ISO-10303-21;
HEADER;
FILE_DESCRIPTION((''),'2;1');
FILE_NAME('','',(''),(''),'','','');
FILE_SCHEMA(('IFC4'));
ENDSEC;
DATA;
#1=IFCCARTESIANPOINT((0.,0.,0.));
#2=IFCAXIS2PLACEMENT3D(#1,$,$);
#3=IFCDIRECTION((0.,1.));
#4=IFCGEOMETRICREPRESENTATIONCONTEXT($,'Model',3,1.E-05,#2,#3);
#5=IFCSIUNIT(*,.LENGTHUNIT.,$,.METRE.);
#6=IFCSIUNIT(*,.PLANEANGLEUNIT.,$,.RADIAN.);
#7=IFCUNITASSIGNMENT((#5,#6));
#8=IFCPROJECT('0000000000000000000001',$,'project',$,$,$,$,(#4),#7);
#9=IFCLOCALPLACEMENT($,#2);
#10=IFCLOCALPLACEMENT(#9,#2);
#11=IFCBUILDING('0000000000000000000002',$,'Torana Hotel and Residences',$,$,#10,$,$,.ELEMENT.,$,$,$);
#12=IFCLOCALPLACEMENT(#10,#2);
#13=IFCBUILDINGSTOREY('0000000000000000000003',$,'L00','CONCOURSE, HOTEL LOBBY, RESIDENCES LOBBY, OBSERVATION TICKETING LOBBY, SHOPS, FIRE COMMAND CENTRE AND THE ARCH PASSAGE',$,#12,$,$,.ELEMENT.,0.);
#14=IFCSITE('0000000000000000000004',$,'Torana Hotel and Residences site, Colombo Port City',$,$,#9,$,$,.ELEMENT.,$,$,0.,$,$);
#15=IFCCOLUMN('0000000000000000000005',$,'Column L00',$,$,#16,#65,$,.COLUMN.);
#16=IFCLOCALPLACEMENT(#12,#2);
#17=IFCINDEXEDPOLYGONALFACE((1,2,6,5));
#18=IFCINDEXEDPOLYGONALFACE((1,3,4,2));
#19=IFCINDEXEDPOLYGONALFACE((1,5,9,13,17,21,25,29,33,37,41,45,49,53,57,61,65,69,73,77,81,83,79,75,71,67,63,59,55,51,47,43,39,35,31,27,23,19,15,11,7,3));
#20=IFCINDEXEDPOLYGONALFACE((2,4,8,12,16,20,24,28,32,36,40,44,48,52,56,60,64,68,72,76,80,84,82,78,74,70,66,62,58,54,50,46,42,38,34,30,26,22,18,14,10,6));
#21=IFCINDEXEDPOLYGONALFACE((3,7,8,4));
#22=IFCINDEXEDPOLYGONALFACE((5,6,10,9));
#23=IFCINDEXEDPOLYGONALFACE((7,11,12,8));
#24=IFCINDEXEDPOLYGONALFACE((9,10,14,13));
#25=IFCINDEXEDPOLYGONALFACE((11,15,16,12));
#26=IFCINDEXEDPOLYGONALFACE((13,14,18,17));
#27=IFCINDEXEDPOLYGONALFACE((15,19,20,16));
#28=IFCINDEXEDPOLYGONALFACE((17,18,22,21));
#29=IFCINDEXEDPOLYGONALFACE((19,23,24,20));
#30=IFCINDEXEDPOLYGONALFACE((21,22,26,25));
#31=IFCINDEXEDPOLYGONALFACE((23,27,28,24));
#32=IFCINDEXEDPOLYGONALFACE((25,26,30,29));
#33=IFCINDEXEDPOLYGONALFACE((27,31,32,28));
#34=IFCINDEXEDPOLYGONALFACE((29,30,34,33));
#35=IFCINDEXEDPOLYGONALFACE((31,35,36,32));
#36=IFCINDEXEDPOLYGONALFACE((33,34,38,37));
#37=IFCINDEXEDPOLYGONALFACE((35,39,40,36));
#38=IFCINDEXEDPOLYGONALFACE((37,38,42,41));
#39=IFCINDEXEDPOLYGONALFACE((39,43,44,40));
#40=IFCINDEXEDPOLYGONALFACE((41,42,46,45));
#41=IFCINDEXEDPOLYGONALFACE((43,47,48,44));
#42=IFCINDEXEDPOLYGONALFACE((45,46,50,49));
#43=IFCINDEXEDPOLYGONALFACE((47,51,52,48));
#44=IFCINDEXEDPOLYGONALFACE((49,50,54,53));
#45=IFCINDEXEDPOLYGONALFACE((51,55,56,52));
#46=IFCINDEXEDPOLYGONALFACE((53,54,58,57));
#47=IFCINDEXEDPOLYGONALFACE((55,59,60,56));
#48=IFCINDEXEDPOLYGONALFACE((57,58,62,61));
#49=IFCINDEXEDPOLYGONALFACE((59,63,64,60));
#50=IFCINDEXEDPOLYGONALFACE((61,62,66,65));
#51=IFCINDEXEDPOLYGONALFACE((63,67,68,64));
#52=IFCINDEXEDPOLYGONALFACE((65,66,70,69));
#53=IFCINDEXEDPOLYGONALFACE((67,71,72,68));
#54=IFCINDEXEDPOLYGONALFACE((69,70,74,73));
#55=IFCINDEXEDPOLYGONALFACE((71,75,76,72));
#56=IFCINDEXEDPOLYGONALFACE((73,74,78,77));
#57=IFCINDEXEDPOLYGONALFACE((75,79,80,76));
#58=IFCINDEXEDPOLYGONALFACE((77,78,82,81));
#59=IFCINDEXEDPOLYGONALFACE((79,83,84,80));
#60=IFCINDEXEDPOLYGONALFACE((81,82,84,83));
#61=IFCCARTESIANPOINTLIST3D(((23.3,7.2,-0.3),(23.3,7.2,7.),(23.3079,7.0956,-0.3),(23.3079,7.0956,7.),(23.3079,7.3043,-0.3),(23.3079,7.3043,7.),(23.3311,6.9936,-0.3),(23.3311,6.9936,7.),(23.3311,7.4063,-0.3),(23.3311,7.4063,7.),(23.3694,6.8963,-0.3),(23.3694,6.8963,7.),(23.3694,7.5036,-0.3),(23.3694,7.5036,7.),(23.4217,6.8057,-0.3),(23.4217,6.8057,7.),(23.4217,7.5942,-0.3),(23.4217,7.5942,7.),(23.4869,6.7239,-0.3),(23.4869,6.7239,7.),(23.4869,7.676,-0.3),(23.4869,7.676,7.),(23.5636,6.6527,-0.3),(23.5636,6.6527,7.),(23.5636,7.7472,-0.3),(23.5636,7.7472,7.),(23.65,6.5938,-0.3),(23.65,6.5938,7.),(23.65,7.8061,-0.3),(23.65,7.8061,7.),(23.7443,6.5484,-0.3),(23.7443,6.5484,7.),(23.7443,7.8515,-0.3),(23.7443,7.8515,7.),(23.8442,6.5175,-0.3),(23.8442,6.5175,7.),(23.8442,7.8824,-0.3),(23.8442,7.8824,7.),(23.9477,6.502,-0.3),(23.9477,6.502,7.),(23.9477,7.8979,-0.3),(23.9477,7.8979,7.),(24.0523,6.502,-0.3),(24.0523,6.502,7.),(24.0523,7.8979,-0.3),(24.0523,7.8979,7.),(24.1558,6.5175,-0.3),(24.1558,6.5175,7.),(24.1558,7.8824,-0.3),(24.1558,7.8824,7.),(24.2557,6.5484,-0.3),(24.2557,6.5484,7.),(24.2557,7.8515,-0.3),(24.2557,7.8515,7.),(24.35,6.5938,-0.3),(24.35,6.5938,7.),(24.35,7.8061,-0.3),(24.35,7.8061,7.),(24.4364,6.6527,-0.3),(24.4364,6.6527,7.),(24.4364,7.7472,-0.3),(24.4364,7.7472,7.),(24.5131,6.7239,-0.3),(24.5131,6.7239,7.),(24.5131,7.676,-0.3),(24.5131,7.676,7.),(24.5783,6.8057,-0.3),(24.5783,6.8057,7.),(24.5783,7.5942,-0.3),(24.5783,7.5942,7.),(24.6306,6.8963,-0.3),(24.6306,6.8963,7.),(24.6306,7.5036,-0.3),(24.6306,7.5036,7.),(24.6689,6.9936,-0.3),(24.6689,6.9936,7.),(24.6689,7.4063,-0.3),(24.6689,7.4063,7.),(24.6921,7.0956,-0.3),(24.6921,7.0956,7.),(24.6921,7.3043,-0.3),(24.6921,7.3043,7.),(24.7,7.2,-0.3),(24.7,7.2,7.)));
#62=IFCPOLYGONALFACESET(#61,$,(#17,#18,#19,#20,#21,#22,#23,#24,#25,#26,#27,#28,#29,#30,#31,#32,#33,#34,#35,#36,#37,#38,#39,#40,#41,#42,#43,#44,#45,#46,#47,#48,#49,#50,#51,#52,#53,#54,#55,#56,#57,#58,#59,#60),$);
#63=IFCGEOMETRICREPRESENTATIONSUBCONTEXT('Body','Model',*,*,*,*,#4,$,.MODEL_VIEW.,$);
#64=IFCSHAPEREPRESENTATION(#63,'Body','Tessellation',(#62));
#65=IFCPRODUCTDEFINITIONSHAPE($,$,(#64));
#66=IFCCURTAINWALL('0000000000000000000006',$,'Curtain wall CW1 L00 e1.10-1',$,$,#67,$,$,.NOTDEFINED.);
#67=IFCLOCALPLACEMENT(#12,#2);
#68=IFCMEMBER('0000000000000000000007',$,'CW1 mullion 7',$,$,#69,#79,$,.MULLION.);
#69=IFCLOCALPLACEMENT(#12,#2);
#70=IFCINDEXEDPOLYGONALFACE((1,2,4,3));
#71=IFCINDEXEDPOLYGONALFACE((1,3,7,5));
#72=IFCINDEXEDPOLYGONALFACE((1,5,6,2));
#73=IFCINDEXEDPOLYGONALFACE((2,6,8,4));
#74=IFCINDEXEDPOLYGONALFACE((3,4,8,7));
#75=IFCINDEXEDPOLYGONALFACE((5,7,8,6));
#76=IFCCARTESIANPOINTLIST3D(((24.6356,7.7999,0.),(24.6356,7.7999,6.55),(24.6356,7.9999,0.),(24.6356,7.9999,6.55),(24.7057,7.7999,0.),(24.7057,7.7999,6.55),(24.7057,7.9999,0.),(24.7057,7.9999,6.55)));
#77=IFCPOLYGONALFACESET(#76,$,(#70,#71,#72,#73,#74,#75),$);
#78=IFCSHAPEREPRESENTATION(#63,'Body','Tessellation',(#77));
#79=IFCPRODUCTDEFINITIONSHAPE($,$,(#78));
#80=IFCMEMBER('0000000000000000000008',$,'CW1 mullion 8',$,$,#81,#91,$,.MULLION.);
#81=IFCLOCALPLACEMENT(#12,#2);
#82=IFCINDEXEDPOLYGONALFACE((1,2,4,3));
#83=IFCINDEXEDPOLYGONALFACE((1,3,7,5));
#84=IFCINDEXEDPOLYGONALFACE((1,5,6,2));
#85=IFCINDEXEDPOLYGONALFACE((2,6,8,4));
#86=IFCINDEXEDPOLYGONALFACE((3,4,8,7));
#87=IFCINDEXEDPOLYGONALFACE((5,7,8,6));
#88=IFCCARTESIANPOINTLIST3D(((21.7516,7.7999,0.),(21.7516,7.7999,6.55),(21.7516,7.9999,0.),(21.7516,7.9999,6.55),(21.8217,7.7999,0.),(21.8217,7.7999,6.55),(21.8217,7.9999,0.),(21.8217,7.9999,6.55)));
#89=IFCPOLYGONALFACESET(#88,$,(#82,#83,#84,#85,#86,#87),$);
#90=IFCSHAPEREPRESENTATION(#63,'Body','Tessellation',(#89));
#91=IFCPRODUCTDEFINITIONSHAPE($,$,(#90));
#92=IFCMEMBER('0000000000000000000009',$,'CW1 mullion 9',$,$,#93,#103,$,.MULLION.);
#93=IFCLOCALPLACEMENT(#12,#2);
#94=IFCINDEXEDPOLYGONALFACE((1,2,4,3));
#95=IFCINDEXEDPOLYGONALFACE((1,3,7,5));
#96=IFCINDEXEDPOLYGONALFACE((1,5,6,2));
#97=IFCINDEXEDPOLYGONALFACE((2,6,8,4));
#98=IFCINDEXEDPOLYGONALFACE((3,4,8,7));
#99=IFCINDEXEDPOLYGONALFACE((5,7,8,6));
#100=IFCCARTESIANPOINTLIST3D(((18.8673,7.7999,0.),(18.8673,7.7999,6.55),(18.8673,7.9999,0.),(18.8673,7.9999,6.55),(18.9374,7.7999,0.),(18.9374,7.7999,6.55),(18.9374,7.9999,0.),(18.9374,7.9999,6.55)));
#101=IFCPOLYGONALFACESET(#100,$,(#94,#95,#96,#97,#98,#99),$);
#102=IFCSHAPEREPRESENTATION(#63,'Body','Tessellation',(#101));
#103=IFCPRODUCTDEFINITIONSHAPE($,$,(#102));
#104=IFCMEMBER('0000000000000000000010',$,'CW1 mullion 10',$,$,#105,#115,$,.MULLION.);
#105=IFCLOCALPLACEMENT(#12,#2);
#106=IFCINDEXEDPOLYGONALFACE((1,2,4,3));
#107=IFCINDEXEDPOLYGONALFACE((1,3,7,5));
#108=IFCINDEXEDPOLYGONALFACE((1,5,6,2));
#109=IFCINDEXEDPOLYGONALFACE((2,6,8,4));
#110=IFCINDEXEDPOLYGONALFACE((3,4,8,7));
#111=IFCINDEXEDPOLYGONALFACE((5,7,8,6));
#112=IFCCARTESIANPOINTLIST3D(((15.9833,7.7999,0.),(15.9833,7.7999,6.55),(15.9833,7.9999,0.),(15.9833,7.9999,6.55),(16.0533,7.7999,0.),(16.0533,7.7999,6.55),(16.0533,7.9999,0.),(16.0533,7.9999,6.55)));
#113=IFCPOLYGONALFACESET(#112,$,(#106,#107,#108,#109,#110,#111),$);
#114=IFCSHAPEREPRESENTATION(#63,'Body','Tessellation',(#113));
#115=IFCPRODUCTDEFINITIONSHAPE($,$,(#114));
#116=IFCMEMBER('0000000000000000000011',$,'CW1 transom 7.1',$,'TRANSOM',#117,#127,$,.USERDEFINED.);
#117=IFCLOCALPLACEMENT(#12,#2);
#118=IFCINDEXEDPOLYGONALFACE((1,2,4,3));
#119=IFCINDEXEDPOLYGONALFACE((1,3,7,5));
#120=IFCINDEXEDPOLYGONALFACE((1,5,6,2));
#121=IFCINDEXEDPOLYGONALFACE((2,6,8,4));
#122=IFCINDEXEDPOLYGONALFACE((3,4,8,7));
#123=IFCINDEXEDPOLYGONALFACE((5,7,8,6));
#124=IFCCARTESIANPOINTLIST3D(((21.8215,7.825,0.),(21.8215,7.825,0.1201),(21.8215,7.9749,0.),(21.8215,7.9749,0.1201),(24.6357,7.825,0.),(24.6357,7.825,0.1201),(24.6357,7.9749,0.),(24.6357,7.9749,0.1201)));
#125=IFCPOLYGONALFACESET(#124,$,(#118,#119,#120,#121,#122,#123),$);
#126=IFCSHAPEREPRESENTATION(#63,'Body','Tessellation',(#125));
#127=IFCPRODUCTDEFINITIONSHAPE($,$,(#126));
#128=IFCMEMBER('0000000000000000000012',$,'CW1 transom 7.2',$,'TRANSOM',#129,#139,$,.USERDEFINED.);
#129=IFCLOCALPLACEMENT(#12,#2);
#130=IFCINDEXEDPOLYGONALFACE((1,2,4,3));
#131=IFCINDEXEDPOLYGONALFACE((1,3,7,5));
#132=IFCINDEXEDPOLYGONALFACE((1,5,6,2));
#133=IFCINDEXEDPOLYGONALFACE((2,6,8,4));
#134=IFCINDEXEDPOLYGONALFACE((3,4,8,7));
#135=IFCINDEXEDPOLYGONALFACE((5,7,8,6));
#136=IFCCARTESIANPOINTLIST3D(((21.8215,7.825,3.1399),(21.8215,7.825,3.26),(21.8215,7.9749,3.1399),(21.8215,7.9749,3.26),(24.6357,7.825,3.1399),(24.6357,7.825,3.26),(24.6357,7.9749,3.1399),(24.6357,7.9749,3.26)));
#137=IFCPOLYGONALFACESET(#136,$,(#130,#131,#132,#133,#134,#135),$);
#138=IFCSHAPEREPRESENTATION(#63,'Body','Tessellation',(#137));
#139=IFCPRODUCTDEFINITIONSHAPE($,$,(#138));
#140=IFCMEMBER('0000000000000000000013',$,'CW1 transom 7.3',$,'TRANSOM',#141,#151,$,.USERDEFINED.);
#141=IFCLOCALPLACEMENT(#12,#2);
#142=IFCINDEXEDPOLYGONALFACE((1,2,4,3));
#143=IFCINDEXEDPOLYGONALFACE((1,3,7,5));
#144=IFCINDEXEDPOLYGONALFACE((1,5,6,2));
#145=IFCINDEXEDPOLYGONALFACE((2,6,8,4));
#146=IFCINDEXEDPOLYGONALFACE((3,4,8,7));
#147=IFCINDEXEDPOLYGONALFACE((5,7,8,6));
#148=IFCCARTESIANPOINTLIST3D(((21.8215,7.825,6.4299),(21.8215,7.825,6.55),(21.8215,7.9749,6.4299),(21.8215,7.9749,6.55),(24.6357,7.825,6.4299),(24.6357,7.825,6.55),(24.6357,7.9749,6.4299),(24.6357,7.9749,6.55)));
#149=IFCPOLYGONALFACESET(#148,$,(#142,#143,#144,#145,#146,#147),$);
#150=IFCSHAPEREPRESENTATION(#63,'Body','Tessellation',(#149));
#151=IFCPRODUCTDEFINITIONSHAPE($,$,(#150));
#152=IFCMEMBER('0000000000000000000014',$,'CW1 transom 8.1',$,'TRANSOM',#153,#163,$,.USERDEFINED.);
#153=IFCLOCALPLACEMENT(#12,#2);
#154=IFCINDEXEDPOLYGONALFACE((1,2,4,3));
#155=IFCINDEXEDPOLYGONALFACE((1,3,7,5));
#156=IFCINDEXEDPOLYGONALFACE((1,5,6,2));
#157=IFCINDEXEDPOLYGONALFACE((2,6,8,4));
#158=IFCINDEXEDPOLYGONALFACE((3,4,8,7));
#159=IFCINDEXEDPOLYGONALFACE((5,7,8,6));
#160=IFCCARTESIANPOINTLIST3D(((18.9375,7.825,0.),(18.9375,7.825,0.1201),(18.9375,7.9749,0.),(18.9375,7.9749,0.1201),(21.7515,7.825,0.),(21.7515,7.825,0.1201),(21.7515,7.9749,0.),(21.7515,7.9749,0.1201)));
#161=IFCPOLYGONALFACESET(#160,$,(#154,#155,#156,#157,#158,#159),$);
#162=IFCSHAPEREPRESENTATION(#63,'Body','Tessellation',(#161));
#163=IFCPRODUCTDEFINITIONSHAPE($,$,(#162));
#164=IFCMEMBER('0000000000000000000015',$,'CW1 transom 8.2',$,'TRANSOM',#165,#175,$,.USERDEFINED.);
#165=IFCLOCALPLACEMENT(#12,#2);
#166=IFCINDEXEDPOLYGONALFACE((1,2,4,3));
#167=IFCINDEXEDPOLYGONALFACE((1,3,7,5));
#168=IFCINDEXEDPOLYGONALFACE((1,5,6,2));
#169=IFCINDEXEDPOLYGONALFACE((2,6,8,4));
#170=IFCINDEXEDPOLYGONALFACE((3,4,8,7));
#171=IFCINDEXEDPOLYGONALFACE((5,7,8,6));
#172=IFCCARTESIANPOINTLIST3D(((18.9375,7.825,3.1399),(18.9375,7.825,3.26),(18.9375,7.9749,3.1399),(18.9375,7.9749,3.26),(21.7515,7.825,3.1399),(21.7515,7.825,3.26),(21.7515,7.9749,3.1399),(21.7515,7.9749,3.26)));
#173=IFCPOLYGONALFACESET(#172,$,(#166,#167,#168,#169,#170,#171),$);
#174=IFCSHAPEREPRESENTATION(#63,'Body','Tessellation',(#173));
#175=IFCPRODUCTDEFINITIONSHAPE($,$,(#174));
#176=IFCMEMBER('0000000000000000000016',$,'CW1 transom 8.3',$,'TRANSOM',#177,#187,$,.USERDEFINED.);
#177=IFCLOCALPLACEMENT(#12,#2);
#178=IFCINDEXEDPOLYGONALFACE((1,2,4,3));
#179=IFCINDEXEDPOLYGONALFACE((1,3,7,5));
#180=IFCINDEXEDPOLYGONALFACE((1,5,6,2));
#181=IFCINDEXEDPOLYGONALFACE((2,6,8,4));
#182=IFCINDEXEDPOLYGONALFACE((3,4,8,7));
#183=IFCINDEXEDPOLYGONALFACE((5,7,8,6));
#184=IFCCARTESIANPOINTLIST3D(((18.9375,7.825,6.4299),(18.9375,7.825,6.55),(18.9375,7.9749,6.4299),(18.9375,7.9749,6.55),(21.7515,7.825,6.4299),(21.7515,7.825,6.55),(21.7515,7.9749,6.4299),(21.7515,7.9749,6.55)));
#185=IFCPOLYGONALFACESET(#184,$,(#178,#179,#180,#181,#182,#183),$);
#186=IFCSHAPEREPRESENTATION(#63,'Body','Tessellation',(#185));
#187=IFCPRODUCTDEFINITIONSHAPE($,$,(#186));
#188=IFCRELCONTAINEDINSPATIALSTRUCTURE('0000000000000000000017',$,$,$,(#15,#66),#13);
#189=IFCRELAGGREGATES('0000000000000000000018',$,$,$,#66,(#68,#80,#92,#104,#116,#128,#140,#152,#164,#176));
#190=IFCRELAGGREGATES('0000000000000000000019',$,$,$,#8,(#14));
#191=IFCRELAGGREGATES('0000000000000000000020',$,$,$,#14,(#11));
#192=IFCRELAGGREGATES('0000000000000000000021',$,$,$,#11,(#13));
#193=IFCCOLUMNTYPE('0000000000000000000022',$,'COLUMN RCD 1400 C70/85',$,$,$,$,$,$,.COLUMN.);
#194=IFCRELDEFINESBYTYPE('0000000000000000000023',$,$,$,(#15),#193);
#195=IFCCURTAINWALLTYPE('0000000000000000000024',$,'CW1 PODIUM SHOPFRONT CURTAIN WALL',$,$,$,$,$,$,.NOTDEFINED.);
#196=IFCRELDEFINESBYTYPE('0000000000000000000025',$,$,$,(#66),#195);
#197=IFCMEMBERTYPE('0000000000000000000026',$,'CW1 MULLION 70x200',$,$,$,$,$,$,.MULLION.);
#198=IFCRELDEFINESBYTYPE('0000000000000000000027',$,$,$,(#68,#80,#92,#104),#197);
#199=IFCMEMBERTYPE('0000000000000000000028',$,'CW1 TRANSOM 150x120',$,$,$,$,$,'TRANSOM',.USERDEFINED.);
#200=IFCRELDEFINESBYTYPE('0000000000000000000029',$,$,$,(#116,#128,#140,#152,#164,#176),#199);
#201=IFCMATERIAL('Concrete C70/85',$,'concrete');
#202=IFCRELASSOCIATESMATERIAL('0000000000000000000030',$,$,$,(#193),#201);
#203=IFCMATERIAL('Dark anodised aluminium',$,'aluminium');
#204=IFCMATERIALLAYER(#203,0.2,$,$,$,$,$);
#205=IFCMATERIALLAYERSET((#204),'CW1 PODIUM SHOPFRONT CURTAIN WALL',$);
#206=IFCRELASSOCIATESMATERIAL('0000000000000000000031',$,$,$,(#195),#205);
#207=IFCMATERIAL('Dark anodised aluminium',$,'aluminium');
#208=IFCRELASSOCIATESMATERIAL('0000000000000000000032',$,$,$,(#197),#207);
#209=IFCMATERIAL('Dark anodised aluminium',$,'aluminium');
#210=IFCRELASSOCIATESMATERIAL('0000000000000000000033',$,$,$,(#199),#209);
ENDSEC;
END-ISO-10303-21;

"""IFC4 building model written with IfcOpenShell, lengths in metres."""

from ifc_helpers import new_model, si_unit, direction, frame, origin, origin_2d, place, context, subcontext, project, spatial, rectangle, circle, extrude, material, layer, layer_set, material_profile, profile_set, type_object, element, aggregate, save


model = new_model("IFC4")

# Units and contexts
model_context = context("Model", 3, precision=1e-05, world=origin(), true_north=direction((0.0, 1.0)))
body_context = subcontext(model_context, "Body", "Model", "MODEL_VIEW")
ifc_project = project(units=[si_unit("LENGTHUNIT", "METRE"), si_unit("PLANEANGLEUNIT", "RADIAN")], contexts=[model_context])

# Site, building, storey
site_placement = place(None, origin())
site = spatial("IfcSite", under=ifc_project, at=site_placement, Name="Torana Hotel and Residences site, Colombo Port City", CompositionType="ELEMENT", RefElevation=0.0)
building_placement = place(site_placement, origin())
building = spatial("IfcBuilding", under=site, at=building_placement, Name="Torana Hotel and Residences", CompositionType="ELEMENT")
storey_placement = place(building_placement, origin())
storey = spatial("IfcBuildingStorey", under=building, at=storey_placement, Name="L00", Description="CONCOURSE, HOTEL LOBBY, RESIDENCES LOBBY, OBSERVATION TICKETING LOBBY, SHOPS, FIRE COMMAND CENTRE AND THE ARCH PASSAGE", CompositionType="ELEMENT", Elevation=0.0)

# Column
ifc_material_1 = material(Name="Concrete C70/85", Category="concrete")
ifc_material_profile_1 = material_profile(ifc_material_1, circle(Radius=0.7, at=origin_2d()), Name="RCD 1400")
ifc_profile_set_1 = profile_set([ifc_material_profile_1], Name="Concrete C70/85")
column_type = type_object("IfcColumnType", Name="COLUMN RCD 1400 C70/85", PredefinedType="COLUMN", material=ifc_profile_set_1)
column_placement = place(storey_placement, frame((24.0, 7.2, -0.3), z_axis=(0.0, 0.0, 1.0), x_axis=(1.0, 0.0, 0.0)))
element("IfcColumn", 1, at=column_placement, inside=storey, type_object=column_type, Name="Column L00", PredefinedType="COLUMN", context=body_context, shape_type="SweptSolid", body=[
    extrude(circle(Radius=0.7, at=origin_2d()), origin(), (0.0, 0.0, 1.0), 7.3),
])

# Curtain wall, members
ifc_material_2 = material(Name="Dark anodised aluminium", Category="aluminium")
ifc_layer_1 = layer(ifc_material_2, 0.2)
ifc_layer_set_1 = layer_set([ifc_layer_1], Name="CW1 PODIUM SHOPFRONT CURTAIN WALL")
curtain_wall_type = type_object("IfcCurtainWallType", Name="CW1 PODIUM SHOPFRONT CURTAIN WALL", PredefinedType="NOTDEFINED", material=ifc_layer_set_1)
curtain_wall_placement = place(storey_placement, origin())
curtain_wall = element("IfcCurtainWall", 2, at=curtain_wall_placement, inside=storey, type_object=curtain_wall_type, Name="Curtain wall CW1 L00 e1.10-1", PredefinedType="NOTDEFINED")
ifc_material_3 = material(Name="Dark anodised aluminium", Category="aluminium")
ifc_material_profile_2 = material_profile(ifc_material_3, rectangle(XDim=0.2, YDim=0.0701, at=origin_2d()), Name="CW1 MULLION 70x200")
ifc_profile_set_2 = profile_set([ifc_material_profile_2], Name="Dark anodised aluminium")
member_type_1 = type_object("IfcMemberType", Name="CW1 MULLION 70x200", PredefinedType="MULLION", material=ifc_profile_set_2)
member_1_placement = place(storey_placement, frame((24.6707, 7.8999, 0.0), z_axis=(0.0, 0.0, 1.0), x_axis=(0.0, -1.0, 0.0)))
member_1 = element("IfcMember", 3, at=member_1_placement, type_object=member_type_1, Name="CW1 mullion 7", PredefinedType="MULLION", context=body_context, shape_type="SweptSolid", body=[
    extrude(rectangle(XDim=0.2, YDim=0.0701, at=origin_2d()), origin(), (0.0, 0.0, 1.0), 6.55),
])
member_2_placement = place(storey_placement, frame((21.7866, 7.8999, 0.0), z_axis=(0.0, 0.0, 1.0), x_axis=(0.0, -1.0, 0.0)))
member_2 = element("IfcMember", 4, at=member_2_placement, type_object=member_type_1, Name="CW1 mullion 8", PredefinedType="MULLION", context=body_context, shape_type="SweptSolid", body=[
    extrude(rectangle(XDim=0.2, YDim=0.0701, at=origin_2d()), origin(), (0.0, 0.0, 1.0), 6.55),
])
member_3_placement = place(storey_placement, frame((18.9023, 7.8999, 0.0), z_axis=(0.0, 0.0, 1.0), x_axis=(0.0, -1.0, 0.0)))
member_3 = element("IfcMember", 5, at=member_3_placement, type_object=member_type_1, Name="CW1 mullion 9", PredefinedType="MULLION", context=body_context, shape_type="SweptSolid", body=[
    extrude(rectangle(XDim=0.2, YDim=0.0701, at=origin_2d()), origin(), (0.0, 0.0, 1.0), 6.55),
])
member_4_placement = place(storey_placement, frame((16.0183, 7.8999, 0.0), z_axis=(0.0, 0.0, 1.0), x_axis=(0.0, -1.0, 0.0)))
member_4 = element("IfcMember", 6, at=member_4_placement, type_object=member_type_1, Name="CW1 mullion 10", PredefinedType="MULLION", context=body_context, shape_type="SweptSolid", body=[
    extrude(rectangle(XDim=0.2, YDim=0.0701, at=origin_2d()), origin(), (0.0, 0.0, 1.0), 6.55),
])
ifc_material_4 = material(Name="Dark anodised aluminium", Category="aluminium")
ifc_material_profile_3 = material_profile(ifc_material_4, rectangle(XDim=0.1499, YDim=0.1201, at=origin_2d()), Name="CW1 TRANSOM 150x120")
ifc_profile_set_3 = profile_set([ifc_material_profile_3], Name="Dark anodised aluminium")
member_type_2 = type_object("IfcMemberType", Name="CW1 TRANSOM 150x120", ElementType="TRANSOM", PredefinedType="USERDEFINED", material=ifc_profile_set_3)
member_5_placement = place(storey_placement, frame((24.6357, 7.8999, 0.0601), z_axis=(-1.0, 0.0, 0.0), x_axis=(0.0, -1.0, 0.0)))
member_5 = element("IfcMember", 7, at=member_5_placement, type_object=member_type_2, Name="CW1 transom 7.1", ObjectType="TRANSOM", PredefinedType="USERDEFINED", context=body_context, shape_type="SweptSolid", body=[
    extrude(rectangle(XDim=0.1499, YDim=0.1201, at=origin_2d()), origin(), (0.0, 0.0, 1.0), 2.8142),
])
member_6_placement = place(storey_placement, frame((24.6357, 7.8999, 3.2), z_axis=(-1.0, 0.0, 0.0), x_axis=(0.0, -1.0, 0.0)))
member_6 = element("IfcMember", 8, at=member_6_placement, type_object=member_type_2, Name="CW1 transom 7.2", ObjectType="TRANSOM", PredefinedType="USERDEFINED", context=body_context, shape_type="SweptSolid", body=[
    extrude(rectangle(XDim=0.1499, YDim=0.1201, at=origin_2d()), origin(), (0.0, 0.0, 1.0), 2.8142),
])
member_7_placement = place(storey_placement, frame((24.6357, 7.8999, 6.49), z_axis=(-1.0, 0.0, 0.0), x_axis=(0.0, -1.0, 0.0)))
member_7 = element("IfcMember", 9, at=member_7_placement, type_object=member_type_2, Name="CW1 transom 7.3", ObjectType="TRANSOM", PredefinedType="USERDEFINED", context=body_context, shape_type="SweptSolid", body=[
    extrude(rectangle(XDim=0.1499, YDim=0.1201, at=origin_2d()), origin(), (0.0, 0.0, 1.0), 2.8142),
])
member_8_placement = place(storey_placement, frame((21.7515, 7.8999, 0.0601), z_axis=(-1.0, 0.0, 0.0), x_axis=(0.0, -1.0, 0.0)))
member_8 = element("IfcMember", 10, at=member_8_placement, type_object=member_type_2, Name="CW1 transom 8.1", ObjectType="TRANSOM", PredefinedType="USERDEFINED", context=body_context, shape_type="SweptSolid", body=[
    extrude(rectangle(XDim=0.1499, YDim=0.1201, at=origin_2d()), origin(), (0.0, 0.0, 1.0), 2.814),
])
member_9_placement = place(storey_placement, frame((21.7515, 7.8999, 3.2), z_axis=(-1.0, 0.0, 0.0), x_axis=(0.0, -1.0, 0.0)))
member_9 = element("IfcMember", 11, at=member_9_placement, type_object=member_type_2, Name="CW1 transom 8.2", ObjectType="TRANSOM", PredefinedType="USERDEFINED", context=body_context, shape_type="SweptSolid", body=[
    extrude(rectangle(XDim=0.1499, YDim=0.1201, at=origin_2d()), origin(), (0.0, 0.0, 1.0), 2.814),
])
member_10_placement = place(storey_placement, frame((21.7515, 7.8999, 6.49), z_axis=(-1.0, 0.0, 0.0), x_axis=(0.0, -1.0, 0.0)))
member_10 = element("IfcMember", 12, at=member_10_placement, type_object=member_type_2, Name="CW1 transom 8.3", ObjectType="TRANSOM", PredefinedType="USERDEFINED", context=body_context, shape_type="SweptSolid", body=[
    extrude(rectangle(XDim=0.1499, YDim=0.1201, at=origin_2d()), origin(), (0.0, 0.0, 1.0), 2.814),
])
aggregate(curtain_wall, [member_1, member_2, member_3, member_4, member_5, member_6, member_7, member_8, member_9, member_10])

save(model, "model.ifc")
